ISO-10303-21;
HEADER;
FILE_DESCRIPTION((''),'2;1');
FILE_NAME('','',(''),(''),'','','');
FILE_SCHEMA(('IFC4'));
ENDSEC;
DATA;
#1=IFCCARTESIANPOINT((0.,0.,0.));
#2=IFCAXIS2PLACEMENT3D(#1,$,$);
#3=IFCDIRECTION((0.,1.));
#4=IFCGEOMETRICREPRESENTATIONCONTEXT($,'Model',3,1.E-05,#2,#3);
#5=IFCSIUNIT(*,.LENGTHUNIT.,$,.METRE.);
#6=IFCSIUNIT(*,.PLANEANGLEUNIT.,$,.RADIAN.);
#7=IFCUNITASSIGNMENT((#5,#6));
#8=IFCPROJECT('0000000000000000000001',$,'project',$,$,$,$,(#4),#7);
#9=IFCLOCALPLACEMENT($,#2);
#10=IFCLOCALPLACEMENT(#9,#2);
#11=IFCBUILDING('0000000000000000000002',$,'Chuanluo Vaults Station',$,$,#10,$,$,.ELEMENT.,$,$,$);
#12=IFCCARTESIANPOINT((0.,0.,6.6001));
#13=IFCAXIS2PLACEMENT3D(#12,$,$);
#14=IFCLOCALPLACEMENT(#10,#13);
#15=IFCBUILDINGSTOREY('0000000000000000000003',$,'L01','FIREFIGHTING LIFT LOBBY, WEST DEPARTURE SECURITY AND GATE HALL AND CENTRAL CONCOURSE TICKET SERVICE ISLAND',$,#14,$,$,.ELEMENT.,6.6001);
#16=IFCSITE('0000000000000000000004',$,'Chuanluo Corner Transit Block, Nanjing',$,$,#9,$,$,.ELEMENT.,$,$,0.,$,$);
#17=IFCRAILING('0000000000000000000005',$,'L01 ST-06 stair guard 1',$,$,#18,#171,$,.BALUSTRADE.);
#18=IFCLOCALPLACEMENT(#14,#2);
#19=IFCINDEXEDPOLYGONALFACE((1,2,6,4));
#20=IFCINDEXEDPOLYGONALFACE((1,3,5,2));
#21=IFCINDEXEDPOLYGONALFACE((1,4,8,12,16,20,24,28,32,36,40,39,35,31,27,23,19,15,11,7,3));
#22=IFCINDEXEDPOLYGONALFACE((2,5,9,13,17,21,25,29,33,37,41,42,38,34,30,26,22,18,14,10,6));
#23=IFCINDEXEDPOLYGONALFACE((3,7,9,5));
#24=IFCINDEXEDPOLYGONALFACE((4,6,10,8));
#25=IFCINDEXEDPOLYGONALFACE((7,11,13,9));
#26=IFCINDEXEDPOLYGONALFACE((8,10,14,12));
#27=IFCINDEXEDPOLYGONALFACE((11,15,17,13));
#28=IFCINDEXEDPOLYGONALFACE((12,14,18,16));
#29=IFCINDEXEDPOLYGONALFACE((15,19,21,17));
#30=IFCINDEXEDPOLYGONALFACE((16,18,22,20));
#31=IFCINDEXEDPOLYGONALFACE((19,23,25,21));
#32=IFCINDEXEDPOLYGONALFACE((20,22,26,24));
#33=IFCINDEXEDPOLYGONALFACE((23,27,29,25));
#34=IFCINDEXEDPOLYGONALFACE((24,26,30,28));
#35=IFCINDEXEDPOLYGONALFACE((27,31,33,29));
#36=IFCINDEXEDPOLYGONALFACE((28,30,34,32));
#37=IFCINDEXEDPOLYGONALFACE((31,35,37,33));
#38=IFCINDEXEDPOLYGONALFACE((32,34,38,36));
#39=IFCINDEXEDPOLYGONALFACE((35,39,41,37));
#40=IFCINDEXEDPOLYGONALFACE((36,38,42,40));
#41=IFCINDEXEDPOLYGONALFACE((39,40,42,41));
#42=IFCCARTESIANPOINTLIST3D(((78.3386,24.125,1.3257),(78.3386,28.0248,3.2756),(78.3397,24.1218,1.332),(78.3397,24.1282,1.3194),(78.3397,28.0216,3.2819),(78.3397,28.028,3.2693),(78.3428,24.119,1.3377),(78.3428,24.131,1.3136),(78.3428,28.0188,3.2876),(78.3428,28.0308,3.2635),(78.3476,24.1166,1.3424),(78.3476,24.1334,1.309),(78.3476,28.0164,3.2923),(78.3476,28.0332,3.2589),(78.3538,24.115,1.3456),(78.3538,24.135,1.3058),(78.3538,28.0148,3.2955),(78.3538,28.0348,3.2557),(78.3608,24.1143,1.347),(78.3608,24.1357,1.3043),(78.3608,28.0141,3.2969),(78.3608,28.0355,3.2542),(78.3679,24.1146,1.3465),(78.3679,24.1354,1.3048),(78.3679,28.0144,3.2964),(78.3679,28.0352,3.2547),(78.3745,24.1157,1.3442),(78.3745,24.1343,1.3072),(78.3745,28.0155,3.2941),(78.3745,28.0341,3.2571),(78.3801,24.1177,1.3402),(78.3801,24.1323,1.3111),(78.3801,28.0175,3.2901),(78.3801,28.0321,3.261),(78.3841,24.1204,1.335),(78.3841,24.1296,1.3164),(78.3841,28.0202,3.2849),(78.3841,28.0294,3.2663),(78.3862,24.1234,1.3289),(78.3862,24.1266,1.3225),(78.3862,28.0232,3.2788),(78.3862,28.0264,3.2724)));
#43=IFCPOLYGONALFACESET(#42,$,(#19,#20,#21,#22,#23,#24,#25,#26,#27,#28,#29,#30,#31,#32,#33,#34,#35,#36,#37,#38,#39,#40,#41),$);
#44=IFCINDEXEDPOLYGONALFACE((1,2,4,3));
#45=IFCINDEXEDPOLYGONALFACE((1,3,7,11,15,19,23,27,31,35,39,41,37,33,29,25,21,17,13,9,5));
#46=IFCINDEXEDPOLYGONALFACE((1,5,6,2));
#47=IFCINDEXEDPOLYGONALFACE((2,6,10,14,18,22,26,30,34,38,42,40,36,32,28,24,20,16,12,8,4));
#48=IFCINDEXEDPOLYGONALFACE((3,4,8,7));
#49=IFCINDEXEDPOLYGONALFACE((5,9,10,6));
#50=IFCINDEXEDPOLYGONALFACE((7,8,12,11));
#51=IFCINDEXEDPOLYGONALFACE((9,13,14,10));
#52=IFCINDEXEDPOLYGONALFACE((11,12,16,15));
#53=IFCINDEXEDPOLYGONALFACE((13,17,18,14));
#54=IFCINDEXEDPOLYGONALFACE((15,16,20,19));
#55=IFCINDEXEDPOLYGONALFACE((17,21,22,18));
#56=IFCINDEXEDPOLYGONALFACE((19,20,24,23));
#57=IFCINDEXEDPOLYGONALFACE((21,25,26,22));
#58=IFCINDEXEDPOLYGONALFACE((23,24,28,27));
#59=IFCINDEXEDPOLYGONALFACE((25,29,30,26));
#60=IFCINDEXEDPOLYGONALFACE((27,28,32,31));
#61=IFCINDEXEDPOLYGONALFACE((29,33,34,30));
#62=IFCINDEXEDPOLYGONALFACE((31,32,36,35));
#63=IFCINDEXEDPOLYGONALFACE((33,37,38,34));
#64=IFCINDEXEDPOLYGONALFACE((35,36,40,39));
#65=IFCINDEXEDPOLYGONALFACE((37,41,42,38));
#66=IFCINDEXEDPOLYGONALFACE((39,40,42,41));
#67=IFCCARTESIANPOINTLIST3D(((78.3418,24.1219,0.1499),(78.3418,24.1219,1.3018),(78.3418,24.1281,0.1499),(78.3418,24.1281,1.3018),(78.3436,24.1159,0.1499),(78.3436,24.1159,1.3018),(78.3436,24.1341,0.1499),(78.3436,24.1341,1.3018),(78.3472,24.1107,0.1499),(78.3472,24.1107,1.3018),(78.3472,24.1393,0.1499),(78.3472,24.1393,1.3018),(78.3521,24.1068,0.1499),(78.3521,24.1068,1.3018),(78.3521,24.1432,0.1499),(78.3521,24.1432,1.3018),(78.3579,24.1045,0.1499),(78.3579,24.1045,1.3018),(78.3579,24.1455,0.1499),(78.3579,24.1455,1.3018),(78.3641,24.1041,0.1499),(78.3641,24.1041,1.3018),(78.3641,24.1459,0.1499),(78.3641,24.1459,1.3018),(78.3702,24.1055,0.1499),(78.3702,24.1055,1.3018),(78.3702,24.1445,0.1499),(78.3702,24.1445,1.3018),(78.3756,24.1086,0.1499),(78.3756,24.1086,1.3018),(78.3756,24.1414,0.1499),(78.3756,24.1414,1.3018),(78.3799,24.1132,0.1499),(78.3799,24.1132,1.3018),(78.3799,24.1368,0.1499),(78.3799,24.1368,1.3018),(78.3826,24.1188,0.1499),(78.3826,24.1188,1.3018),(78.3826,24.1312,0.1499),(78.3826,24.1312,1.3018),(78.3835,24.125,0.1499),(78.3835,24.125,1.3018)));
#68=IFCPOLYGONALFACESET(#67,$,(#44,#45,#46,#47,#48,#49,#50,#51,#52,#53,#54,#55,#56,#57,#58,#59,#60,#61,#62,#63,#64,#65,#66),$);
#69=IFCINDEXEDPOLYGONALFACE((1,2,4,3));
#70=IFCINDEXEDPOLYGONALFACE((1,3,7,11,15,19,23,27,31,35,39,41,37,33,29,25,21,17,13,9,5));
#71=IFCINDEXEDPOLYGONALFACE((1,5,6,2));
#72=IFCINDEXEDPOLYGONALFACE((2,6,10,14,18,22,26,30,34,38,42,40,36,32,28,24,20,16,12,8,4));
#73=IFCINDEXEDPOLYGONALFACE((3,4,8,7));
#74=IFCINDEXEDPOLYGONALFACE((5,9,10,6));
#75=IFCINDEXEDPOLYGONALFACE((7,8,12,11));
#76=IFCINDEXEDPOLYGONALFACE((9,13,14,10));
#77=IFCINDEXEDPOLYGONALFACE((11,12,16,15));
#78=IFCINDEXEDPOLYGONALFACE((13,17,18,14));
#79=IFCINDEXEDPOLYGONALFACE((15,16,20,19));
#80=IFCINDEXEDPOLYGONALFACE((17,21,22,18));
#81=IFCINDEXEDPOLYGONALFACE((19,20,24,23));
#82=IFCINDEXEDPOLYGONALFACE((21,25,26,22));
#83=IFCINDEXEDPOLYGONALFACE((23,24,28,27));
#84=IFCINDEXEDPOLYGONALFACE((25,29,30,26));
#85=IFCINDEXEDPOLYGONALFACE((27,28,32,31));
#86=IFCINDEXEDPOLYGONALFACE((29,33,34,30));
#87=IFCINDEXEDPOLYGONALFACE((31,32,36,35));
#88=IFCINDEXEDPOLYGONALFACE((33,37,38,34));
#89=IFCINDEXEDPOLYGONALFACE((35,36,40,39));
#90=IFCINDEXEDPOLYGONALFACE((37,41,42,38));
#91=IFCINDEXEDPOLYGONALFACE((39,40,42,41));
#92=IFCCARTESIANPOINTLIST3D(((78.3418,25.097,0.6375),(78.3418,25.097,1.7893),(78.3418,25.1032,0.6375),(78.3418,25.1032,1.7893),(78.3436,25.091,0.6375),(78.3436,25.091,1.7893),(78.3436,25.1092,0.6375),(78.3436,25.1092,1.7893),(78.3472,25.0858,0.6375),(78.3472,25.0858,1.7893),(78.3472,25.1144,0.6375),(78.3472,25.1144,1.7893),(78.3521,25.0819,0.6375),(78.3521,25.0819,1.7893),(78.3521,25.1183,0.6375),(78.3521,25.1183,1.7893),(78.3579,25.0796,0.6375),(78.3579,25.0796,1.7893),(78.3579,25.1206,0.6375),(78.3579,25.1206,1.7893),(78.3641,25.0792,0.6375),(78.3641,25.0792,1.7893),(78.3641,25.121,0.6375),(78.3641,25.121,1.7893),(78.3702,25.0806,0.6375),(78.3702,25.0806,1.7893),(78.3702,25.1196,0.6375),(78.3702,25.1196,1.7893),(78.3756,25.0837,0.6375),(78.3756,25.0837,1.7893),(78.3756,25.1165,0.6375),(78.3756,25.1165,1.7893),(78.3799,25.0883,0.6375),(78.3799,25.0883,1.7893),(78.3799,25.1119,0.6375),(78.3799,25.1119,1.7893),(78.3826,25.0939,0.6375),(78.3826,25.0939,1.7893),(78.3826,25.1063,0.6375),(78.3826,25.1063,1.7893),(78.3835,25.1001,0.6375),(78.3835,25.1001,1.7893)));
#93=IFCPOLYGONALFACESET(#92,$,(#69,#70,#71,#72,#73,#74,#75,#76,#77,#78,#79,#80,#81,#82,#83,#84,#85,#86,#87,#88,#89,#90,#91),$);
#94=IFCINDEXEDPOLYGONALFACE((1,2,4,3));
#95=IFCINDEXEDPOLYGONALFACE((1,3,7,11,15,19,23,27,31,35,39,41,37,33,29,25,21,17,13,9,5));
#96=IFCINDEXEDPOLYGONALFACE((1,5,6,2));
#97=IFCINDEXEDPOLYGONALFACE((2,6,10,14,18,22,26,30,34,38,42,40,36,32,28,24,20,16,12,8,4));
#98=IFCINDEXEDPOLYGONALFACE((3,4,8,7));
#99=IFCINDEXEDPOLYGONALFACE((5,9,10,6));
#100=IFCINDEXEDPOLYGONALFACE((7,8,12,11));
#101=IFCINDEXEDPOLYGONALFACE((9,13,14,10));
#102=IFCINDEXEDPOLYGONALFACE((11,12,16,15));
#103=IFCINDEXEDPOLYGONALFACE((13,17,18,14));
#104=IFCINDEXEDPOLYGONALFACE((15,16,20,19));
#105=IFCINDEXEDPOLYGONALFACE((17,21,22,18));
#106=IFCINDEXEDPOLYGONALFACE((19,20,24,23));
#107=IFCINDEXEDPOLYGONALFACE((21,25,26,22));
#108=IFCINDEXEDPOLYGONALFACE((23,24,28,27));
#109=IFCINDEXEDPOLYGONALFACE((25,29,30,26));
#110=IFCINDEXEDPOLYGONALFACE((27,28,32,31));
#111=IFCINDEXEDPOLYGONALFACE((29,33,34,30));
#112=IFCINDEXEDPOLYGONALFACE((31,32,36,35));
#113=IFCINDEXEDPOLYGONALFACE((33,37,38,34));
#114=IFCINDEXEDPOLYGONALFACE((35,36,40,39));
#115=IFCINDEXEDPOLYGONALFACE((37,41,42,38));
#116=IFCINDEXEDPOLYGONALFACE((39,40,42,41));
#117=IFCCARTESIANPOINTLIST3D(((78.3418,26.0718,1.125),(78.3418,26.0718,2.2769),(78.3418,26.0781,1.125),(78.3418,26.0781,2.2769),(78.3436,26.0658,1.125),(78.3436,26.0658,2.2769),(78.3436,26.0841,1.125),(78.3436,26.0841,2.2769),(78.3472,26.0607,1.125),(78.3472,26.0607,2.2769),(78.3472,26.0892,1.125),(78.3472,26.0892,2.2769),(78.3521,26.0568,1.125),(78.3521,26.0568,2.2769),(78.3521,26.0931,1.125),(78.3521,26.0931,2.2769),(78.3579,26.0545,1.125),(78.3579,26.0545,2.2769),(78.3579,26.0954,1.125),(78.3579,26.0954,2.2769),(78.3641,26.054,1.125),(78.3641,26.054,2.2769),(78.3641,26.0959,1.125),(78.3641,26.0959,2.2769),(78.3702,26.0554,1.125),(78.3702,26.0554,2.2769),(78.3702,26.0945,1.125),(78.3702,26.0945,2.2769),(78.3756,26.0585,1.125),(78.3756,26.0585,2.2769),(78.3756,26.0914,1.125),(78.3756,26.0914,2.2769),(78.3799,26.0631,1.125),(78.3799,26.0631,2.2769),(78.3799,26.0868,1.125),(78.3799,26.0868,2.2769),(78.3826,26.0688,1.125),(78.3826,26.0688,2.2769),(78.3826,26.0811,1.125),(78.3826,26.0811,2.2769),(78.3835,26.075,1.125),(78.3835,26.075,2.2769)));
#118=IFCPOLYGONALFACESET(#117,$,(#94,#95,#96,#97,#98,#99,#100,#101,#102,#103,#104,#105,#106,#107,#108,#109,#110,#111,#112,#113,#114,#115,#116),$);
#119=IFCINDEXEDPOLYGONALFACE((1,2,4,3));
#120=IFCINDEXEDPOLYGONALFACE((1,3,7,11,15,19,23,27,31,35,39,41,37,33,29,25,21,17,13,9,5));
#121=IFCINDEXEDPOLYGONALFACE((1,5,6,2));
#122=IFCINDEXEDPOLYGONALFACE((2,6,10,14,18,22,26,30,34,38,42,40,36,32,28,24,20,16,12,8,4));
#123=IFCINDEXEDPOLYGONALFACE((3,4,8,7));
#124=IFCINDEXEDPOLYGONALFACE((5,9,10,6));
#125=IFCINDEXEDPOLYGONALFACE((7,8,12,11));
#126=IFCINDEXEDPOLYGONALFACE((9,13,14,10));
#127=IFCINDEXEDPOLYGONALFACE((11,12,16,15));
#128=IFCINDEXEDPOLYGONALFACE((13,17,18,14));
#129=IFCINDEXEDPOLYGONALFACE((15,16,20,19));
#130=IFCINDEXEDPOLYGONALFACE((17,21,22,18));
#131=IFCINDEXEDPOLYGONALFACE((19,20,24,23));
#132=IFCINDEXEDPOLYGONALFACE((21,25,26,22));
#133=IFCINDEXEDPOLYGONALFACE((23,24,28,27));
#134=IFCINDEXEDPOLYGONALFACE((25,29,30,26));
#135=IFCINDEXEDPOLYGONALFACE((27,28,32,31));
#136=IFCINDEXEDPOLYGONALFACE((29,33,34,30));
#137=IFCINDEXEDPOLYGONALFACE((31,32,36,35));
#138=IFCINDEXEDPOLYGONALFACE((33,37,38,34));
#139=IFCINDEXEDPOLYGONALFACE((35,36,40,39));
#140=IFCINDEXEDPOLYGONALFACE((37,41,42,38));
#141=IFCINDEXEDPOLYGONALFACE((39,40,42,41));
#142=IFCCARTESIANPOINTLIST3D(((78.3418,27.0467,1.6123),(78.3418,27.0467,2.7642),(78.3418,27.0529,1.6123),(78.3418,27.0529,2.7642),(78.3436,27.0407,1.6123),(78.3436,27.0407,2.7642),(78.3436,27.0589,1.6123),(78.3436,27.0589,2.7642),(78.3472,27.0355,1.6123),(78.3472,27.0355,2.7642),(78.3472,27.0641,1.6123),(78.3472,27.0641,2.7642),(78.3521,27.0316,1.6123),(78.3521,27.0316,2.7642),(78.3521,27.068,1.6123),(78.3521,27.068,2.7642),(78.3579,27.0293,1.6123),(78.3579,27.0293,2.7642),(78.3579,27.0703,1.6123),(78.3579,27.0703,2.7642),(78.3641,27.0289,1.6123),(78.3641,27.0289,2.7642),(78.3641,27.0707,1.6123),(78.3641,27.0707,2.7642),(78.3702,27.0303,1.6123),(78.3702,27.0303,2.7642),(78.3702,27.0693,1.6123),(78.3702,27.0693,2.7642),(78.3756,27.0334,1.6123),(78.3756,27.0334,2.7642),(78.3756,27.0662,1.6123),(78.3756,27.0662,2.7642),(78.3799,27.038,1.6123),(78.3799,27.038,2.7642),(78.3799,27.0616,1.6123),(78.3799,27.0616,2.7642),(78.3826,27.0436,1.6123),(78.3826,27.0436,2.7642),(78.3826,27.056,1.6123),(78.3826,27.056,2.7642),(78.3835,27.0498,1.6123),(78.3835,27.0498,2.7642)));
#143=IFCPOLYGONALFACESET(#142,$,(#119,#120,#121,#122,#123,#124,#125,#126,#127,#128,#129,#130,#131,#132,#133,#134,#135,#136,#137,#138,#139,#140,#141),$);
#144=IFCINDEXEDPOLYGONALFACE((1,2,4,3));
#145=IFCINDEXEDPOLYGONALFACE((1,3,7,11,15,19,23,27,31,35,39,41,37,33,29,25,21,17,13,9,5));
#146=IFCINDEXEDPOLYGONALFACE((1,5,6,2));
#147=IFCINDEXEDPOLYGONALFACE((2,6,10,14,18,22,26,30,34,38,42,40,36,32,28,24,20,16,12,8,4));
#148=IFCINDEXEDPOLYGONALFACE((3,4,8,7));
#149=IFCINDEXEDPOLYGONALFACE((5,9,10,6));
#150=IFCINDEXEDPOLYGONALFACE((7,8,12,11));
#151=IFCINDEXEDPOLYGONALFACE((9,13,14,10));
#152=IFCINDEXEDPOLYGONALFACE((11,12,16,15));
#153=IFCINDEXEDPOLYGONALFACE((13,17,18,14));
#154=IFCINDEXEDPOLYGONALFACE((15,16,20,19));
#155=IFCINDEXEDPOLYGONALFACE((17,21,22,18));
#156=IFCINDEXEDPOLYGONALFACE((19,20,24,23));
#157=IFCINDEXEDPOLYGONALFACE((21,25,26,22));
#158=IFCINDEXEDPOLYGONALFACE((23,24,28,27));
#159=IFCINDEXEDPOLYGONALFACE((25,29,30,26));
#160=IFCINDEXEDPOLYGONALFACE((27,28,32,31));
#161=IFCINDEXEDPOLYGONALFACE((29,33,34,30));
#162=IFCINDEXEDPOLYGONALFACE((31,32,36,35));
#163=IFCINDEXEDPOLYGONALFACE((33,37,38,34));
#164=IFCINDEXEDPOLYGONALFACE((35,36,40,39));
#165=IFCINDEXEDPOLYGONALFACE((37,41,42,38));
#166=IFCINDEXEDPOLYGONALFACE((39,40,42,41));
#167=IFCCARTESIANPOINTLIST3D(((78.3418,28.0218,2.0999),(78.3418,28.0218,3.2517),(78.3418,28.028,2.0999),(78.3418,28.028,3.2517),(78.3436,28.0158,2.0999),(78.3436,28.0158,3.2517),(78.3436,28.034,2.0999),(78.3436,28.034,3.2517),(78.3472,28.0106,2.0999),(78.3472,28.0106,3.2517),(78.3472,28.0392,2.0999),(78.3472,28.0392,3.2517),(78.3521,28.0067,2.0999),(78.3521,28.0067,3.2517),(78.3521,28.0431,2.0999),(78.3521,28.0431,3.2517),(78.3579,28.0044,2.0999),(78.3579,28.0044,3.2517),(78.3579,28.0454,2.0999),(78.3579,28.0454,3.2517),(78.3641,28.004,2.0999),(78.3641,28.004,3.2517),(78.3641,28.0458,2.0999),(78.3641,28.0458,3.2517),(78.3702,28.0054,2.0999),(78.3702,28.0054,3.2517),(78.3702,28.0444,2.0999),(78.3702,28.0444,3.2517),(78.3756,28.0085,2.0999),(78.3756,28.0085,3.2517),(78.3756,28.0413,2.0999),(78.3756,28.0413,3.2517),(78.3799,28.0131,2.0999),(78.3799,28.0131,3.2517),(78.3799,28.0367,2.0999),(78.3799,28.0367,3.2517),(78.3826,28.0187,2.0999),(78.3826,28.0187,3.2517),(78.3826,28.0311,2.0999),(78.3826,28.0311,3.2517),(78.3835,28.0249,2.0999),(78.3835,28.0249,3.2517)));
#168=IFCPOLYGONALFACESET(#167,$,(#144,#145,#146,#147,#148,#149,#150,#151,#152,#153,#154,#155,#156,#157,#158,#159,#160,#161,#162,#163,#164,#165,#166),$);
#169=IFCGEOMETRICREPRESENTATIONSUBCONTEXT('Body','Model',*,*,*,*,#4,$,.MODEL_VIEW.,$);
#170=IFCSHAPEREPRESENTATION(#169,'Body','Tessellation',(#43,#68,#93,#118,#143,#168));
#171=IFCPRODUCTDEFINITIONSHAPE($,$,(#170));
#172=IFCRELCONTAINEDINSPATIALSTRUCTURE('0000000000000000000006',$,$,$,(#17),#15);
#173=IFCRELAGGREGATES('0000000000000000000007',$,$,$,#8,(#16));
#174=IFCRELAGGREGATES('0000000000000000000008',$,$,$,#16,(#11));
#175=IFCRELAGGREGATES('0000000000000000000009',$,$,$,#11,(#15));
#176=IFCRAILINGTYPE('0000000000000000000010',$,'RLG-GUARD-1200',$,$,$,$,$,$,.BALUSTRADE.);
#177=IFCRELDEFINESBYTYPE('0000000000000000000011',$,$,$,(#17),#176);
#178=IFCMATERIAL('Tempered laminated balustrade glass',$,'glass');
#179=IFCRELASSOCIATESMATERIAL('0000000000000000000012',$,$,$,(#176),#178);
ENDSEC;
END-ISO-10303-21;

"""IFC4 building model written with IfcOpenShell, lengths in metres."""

from ifc_helpers import new_model, si_unit, direction, frame, origin, origin_2d, place, context, subcontext, project, spatial, circle, extrude, material, type_object, element, save


model = new_model("IFC4")

# Units and contexts
model_context = context("Model", 3, precision=1e-05, world=origin(), true_north=direction((0.0, 1.0)))
body_context = subcontext(model_context, "Body", "Model", "MODEL_VIEW")
ifc_project = project(units=[si_unit("LENGTHUNIT", "METRE"), si_unit("PLANEANGLEUNIT", "RADIAN")], contexts=[model_context])

# Site, building, storey
site_placement = place(None, origin())
site = spatial("IfcSite", under=ifc_project, at=site_placement, Name="Chuanluo Corner Transit Block, Nanjing", CompositionType="ELEMENT", RefElevation=0.0)
building_placement = place(site_placement, origin())
building = spatial("IfcBuilding", under=site, at=building_placement, Name="Chuanluo Vaults Station", CompositionType="ELEMENT")
storey_placement = place(building_placement, frame((0.0, 0.0, 6.6001)))
storey = spatial("IfcBuildingStorey", under=building, at=storey_placement, Name="L01", Description="FIREFIGHTING LIFT LOBBY, WEST DEPARTURE SECURITY AND GATE HALL AND CENTRAL CONCOURSE TICKET SERVICE ISLAND", CompositionType="ELEMENT", Elevation=6.6001)

# Railing
ifc_material_1 = material(Name="Tempered laminated balustrade glass", Category="glass")
railing_type_1 = type_object("IfcRailingType", Name="RLG-GUARD-1200", PredefinedType="BALUSTRADE", material=ifc_material_1)
railing_1_placement = place(storey_placement, frame((78.3625, 24.125, 0.1499)))
element("IfcRailing", 1, at=railing_1_placement, inside=storey, type_object=railing_type_1, Name="L01 ST-06 stair guard 1", PredefinedType="BALUSTRADE", context=body_context, shape_type="SweptSolid", body=[
    extrude(circle(Radius=0.0239, at=origin_2d()), frame((0.0, 0.0, 1.1758), z_axis=(0.0, 0.894427, 0.447214), x_axis=(-1.0, 0.0, 0.0)), (0.0, 0.0, 1.0), 4.3601),
    extrude(circle(Radius=0.021, at=origin_2d()), origin(), (0.0, 0.0, 1.0), 1.1519),
    extrude(circle(Radius=0.021, at=origin_2d()), frame((0.0, 0.9751, 0.4875)), (0.0, 0.0, 1.0), 1.1519),
    extrude(circle(Radius=0.021, at=origin_2d()), frame((0.0, 1.95, 0.9751)), (0.0, 0.0, 1.0), 1.1519),
    extrude(circle(Radius=0.021, at=origin_2d()), frame((0.0, 2.9248, 1.4624)), (0.0, 0.0, 1.0), 1.1519),
    extrude(circle(Radius=0.021, at=origin_2d()), frame((0.0, 3.8999, 1.95)), (0.0, 0.0, 1.0), 1.1519),
])

save(model, "model.ifc")
